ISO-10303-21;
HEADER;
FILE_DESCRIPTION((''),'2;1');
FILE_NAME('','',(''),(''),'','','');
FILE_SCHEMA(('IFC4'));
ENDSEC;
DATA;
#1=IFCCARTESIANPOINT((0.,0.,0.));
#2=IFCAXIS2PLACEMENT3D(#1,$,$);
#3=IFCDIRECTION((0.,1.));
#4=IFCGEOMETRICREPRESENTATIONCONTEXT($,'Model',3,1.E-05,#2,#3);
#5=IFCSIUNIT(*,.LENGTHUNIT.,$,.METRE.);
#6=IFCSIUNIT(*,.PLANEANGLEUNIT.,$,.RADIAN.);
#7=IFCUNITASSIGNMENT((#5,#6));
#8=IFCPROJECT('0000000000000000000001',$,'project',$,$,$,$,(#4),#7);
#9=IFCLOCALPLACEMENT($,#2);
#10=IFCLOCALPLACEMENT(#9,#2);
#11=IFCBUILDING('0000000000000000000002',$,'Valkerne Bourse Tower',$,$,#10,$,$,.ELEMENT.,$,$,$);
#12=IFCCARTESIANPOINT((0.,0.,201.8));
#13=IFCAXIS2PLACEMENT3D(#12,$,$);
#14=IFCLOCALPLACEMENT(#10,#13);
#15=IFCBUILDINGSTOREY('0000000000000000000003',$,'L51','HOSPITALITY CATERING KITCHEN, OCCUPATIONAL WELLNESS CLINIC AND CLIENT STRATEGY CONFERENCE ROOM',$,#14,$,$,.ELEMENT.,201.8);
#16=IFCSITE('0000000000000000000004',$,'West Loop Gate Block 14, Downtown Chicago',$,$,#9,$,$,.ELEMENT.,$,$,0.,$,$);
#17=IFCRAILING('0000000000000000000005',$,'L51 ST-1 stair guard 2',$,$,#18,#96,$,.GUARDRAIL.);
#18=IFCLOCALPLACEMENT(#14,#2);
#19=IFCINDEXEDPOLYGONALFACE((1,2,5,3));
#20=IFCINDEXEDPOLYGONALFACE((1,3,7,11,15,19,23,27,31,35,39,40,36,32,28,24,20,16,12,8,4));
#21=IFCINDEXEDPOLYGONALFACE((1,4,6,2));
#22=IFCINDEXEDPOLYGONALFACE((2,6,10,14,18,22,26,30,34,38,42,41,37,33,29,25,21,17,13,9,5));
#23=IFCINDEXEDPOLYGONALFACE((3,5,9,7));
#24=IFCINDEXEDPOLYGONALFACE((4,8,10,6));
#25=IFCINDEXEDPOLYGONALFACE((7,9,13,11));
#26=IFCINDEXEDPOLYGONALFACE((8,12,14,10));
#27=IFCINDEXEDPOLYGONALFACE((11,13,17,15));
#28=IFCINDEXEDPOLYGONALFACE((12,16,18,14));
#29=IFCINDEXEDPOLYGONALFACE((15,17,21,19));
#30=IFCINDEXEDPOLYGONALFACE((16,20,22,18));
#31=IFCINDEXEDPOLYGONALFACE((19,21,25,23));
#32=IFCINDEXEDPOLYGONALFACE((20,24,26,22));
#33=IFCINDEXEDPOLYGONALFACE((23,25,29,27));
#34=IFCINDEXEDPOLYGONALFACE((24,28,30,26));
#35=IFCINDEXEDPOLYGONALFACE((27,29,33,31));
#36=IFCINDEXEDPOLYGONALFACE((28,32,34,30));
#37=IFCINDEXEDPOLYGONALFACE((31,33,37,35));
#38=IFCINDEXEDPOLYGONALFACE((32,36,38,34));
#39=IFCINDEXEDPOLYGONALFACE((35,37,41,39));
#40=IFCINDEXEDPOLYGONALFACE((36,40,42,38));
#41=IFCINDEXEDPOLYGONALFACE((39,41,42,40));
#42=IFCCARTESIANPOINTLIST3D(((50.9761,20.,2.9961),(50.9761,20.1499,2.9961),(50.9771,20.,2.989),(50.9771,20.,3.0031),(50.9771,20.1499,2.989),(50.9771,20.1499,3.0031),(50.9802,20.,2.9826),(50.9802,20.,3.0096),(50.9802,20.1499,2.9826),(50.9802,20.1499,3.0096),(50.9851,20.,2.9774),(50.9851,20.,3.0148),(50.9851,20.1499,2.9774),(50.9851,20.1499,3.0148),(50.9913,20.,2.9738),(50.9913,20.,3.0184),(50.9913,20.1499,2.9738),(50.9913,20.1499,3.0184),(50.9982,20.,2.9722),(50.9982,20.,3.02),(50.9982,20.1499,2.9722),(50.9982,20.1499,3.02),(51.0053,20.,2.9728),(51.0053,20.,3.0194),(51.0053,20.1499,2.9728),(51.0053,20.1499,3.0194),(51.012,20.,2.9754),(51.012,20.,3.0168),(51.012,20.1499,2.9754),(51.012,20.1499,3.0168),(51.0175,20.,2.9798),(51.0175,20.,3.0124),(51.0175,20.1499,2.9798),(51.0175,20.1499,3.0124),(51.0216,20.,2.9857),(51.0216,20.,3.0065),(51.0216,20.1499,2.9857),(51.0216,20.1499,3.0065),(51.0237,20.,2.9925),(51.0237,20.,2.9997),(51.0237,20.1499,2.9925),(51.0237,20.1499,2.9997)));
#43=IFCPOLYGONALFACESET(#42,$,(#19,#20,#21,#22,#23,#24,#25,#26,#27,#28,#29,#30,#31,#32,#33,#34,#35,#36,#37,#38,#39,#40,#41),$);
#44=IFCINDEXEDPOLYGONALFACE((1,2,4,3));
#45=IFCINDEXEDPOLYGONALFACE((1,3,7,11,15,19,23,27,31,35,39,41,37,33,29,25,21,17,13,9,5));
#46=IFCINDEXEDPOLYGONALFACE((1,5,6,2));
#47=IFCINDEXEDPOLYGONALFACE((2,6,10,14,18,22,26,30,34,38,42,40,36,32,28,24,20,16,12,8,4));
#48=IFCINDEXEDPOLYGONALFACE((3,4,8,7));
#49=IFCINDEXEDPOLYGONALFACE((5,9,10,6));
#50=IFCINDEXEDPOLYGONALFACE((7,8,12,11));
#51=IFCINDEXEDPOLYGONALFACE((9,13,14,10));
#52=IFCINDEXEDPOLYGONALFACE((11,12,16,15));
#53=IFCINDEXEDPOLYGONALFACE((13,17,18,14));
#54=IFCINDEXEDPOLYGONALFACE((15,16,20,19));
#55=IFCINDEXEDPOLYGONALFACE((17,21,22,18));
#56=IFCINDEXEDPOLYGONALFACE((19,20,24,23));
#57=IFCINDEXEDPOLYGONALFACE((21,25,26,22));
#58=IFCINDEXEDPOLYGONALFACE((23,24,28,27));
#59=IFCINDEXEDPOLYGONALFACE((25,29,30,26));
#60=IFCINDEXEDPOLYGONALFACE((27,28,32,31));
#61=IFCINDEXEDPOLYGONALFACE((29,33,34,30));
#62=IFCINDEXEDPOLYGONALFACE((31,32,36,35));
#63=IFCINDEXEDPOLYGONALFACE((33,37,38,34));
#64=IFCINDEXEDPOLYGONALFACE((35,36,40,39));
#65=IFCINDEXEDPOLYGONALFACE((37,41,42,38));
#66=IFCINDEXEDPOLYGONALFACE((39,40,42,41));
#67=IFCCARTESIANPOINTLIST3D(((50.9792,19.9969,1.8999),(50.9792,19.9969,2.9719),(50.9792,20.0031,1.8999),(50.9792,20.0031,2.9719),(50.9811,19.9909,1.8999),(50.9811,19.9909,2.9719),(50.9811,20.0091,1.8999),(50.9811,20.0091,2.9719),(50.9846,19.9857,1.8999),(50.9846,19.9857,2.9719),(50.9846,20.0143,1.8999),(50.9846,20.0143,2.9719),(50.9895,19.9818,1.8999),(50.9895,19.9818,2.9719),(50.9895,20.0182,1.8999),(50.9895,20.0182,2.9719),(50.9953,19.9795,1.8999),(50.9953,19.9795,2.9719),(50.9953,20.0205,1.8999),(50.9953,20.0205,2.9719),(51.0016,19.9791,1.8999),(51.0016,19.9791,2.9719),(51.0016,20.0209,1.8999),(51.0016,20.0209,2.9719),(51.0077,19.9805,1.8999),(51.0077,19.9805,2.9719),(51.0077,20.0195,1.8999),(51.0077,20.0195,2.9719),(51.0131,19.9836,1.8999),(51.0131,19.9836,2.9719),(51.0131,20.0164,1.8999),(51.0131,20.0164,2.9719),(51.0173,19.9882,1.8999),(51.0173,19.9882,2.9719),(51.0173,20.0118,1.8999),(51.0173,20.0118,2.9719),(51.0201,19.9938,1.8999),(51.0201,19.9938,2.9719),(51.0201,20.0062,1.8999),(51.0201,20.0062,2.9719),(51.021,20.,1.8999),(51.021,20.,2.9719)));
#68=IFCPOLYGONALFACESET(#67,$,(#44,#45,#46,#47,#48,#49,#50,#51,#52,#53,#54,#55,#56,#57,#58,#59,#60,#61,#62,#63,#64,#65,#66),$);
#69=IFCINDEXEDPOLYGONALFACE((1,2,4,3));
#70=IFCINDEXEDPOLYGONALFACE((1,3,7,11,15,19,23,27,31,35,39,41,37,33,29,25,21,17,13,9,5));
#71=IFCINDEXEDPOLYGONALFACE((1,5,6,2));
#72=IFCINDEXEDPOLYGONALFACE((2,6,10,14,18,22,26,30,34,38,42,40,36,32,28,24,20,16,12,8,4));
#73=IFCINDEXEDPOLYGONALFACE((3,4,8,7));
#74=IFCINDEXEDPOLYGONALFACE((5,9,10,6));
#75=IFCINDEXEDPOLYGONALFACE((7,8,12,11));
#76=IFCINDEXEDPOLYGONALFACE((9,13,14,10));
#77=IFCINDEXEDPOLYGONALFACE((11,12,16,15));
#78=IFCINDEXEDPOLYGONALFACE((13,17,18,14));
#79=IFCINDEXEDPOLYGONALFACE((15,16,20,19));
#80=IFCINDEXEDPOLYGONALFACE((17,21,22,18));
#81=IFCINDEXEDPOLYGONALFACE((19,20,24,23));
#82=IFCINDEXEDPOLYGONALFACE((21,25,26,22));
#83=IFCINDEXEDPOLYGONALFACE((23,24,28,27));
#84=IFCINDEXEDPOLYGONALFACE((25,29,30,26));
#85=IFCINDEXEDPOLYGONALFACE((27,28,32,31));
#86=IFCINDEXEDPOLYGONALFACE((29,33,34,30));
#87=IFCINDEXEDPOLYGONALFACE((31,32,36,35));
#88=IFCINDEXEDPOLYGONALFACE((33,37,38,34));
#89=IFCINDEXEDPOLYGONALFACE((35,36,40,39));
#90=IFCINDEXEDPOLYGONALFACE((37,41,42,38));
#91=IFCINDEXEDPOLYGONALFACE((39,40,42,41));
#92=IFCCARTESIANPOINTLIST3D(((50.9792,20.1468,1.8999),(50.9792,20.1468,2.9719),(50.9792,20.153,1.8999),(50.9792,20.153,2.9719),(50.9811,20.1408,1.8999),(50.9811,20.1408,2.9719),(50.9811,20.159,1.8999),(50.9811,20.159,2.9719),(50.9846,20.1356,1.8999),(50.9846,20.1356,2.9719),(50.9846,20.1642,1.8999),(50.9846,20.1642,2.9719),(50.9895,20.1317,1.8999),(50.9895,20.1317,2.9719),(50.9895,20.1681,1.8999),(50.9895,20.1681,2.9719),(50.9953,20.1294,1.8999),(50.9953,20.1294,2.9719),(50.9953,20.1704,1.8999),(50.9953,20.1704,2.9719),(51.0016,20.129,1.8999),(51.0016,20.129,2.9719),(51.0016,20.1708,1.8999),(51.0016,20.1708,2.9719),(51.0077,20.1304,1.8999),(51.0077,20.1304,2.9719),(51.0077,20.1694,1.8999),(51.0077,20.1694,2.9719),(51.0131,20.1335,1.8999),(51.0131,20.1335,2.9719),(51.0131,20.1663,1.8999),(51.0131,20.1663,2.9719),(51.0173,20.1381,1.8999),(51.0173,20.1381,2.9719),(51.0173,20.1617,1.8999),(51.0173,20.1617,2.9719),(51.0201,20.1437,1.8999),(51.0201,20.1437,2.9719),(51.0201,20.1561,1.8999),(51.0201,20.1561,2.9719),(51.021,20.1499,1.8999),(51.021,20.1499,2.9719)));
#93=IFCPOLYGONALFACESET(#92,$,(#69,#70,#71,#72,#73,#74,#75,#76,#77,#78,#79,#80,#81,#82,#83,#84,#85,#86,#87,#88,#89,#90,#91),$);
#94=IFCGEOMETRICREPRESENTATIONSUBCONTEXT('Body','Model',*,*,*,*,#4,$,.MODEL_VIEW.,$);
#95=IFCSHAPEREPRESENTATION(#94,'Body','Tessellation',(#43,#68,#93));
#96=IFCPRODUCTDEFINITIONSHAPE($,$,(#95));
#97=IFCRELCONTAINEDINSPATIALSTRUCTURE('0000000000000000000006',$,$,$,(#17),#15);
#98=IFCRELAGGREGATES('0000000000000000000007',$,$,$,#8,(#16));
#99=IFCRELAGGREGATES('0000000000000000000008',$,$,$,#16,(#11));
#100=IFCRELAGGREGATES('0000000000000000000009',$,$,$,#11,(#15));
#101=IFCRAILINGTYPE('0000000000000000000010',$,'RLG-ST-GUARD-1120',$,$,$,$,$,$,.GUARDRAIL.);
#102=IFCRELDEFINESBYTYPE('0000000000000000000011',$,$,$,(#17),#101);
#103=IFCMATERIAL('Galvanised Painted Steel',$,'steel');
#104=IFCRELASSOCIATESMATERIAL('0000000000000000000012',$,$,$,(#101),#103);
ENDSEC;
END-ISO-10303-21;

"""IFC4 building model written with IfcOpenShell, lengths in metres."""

from ifc_helpers import new_model, si_unit, direction, frame, origin, origin_2d, place, context, subcontext, project, spatial, circle, extrude, material, type_object, element, save


model = new_model("IFC4")

# Units and contexts
model_context = context("Model", 3, precision=1e-05, world=origin(), true_north=direction((0.0, 1.0)))
body_context = subcontext(model_context, "Body", "Model", "MODEL_VIEW")
ifc_project = project(units=[si_unit("LENGTHUNIT", "METRE"), si_unit("PLANEANGLEUNIT", "RADIAN")], contexts=[model_context])

# Site, building, storey
site_placement = place(None, origin())
site = spatial("IfcSite", under=ifc_project, at=site_placement, Name="West Loop Gate Block 14, Downtown Chicago", CompositionType="ELEMENT", RefElevation=0.0)
building_placement = place(site_placement, origin())
building = spatial("IfcBuilding", under=site, at=building_placement, Name="Valkerne Bourse Tower", CompositionType="ELEMENT")
storey_placement = place(building_placement, frame((0.0, 0.0, 201.8)))
storey = spatial("IfcBuildingStorey", under=building, at=storey_placement, Name="L51", Description="HOSPITALITY CATERING KITCHEN, OCCUPATIONAL WELLNESS CLINIC AND CLIENT STRATEGY CONFERENCE ROOM", CompositionType="ELEMENT", Elevation=201.8)

# Shared definitions
ifc_material_1 = material(Name="Galvanised Painted Steel", Category="steel")

# Railing
railing_type_1 = type_object("IfcRailingType", Name="RLG-ST-GUARD-1120", PredefinedType="GUARDRAIL", material=ifc_material_1)
railing_1_placement = place(storey_placement, frame((51.0, 20.0, 1.8999)))
element("IfcRailing", 1, at=railing_1_placement, inside=storey, type_object=railing_type_1, Name="L51 ST-1 stair guard 2", PredefinedType="GUARDRAIL", context=body_context, shape_type="SweptSolid", body=[
    extrude(circle(Radius=0.0239, at=origin_2d()), frame((0.0, 0.0, 1.0962), z_axis=(0.0, 1.0, 0.0), x_axis=(-1.0, 0.0, 0.0)), (0.0, 0.0, 1.0), 0.1499),
    extrude(circle(Radius=0.021, at=origin_2d()), origin(), (0.0, 0.0, 1.0), 1.072),
    extrude(circle(Radius=0.021, at=origin_2d()), frame((0.0, 0.1499, 0.0)), (0.0, 0.0, 1.0), 1.072),
])

save(model, "model.ifc")
